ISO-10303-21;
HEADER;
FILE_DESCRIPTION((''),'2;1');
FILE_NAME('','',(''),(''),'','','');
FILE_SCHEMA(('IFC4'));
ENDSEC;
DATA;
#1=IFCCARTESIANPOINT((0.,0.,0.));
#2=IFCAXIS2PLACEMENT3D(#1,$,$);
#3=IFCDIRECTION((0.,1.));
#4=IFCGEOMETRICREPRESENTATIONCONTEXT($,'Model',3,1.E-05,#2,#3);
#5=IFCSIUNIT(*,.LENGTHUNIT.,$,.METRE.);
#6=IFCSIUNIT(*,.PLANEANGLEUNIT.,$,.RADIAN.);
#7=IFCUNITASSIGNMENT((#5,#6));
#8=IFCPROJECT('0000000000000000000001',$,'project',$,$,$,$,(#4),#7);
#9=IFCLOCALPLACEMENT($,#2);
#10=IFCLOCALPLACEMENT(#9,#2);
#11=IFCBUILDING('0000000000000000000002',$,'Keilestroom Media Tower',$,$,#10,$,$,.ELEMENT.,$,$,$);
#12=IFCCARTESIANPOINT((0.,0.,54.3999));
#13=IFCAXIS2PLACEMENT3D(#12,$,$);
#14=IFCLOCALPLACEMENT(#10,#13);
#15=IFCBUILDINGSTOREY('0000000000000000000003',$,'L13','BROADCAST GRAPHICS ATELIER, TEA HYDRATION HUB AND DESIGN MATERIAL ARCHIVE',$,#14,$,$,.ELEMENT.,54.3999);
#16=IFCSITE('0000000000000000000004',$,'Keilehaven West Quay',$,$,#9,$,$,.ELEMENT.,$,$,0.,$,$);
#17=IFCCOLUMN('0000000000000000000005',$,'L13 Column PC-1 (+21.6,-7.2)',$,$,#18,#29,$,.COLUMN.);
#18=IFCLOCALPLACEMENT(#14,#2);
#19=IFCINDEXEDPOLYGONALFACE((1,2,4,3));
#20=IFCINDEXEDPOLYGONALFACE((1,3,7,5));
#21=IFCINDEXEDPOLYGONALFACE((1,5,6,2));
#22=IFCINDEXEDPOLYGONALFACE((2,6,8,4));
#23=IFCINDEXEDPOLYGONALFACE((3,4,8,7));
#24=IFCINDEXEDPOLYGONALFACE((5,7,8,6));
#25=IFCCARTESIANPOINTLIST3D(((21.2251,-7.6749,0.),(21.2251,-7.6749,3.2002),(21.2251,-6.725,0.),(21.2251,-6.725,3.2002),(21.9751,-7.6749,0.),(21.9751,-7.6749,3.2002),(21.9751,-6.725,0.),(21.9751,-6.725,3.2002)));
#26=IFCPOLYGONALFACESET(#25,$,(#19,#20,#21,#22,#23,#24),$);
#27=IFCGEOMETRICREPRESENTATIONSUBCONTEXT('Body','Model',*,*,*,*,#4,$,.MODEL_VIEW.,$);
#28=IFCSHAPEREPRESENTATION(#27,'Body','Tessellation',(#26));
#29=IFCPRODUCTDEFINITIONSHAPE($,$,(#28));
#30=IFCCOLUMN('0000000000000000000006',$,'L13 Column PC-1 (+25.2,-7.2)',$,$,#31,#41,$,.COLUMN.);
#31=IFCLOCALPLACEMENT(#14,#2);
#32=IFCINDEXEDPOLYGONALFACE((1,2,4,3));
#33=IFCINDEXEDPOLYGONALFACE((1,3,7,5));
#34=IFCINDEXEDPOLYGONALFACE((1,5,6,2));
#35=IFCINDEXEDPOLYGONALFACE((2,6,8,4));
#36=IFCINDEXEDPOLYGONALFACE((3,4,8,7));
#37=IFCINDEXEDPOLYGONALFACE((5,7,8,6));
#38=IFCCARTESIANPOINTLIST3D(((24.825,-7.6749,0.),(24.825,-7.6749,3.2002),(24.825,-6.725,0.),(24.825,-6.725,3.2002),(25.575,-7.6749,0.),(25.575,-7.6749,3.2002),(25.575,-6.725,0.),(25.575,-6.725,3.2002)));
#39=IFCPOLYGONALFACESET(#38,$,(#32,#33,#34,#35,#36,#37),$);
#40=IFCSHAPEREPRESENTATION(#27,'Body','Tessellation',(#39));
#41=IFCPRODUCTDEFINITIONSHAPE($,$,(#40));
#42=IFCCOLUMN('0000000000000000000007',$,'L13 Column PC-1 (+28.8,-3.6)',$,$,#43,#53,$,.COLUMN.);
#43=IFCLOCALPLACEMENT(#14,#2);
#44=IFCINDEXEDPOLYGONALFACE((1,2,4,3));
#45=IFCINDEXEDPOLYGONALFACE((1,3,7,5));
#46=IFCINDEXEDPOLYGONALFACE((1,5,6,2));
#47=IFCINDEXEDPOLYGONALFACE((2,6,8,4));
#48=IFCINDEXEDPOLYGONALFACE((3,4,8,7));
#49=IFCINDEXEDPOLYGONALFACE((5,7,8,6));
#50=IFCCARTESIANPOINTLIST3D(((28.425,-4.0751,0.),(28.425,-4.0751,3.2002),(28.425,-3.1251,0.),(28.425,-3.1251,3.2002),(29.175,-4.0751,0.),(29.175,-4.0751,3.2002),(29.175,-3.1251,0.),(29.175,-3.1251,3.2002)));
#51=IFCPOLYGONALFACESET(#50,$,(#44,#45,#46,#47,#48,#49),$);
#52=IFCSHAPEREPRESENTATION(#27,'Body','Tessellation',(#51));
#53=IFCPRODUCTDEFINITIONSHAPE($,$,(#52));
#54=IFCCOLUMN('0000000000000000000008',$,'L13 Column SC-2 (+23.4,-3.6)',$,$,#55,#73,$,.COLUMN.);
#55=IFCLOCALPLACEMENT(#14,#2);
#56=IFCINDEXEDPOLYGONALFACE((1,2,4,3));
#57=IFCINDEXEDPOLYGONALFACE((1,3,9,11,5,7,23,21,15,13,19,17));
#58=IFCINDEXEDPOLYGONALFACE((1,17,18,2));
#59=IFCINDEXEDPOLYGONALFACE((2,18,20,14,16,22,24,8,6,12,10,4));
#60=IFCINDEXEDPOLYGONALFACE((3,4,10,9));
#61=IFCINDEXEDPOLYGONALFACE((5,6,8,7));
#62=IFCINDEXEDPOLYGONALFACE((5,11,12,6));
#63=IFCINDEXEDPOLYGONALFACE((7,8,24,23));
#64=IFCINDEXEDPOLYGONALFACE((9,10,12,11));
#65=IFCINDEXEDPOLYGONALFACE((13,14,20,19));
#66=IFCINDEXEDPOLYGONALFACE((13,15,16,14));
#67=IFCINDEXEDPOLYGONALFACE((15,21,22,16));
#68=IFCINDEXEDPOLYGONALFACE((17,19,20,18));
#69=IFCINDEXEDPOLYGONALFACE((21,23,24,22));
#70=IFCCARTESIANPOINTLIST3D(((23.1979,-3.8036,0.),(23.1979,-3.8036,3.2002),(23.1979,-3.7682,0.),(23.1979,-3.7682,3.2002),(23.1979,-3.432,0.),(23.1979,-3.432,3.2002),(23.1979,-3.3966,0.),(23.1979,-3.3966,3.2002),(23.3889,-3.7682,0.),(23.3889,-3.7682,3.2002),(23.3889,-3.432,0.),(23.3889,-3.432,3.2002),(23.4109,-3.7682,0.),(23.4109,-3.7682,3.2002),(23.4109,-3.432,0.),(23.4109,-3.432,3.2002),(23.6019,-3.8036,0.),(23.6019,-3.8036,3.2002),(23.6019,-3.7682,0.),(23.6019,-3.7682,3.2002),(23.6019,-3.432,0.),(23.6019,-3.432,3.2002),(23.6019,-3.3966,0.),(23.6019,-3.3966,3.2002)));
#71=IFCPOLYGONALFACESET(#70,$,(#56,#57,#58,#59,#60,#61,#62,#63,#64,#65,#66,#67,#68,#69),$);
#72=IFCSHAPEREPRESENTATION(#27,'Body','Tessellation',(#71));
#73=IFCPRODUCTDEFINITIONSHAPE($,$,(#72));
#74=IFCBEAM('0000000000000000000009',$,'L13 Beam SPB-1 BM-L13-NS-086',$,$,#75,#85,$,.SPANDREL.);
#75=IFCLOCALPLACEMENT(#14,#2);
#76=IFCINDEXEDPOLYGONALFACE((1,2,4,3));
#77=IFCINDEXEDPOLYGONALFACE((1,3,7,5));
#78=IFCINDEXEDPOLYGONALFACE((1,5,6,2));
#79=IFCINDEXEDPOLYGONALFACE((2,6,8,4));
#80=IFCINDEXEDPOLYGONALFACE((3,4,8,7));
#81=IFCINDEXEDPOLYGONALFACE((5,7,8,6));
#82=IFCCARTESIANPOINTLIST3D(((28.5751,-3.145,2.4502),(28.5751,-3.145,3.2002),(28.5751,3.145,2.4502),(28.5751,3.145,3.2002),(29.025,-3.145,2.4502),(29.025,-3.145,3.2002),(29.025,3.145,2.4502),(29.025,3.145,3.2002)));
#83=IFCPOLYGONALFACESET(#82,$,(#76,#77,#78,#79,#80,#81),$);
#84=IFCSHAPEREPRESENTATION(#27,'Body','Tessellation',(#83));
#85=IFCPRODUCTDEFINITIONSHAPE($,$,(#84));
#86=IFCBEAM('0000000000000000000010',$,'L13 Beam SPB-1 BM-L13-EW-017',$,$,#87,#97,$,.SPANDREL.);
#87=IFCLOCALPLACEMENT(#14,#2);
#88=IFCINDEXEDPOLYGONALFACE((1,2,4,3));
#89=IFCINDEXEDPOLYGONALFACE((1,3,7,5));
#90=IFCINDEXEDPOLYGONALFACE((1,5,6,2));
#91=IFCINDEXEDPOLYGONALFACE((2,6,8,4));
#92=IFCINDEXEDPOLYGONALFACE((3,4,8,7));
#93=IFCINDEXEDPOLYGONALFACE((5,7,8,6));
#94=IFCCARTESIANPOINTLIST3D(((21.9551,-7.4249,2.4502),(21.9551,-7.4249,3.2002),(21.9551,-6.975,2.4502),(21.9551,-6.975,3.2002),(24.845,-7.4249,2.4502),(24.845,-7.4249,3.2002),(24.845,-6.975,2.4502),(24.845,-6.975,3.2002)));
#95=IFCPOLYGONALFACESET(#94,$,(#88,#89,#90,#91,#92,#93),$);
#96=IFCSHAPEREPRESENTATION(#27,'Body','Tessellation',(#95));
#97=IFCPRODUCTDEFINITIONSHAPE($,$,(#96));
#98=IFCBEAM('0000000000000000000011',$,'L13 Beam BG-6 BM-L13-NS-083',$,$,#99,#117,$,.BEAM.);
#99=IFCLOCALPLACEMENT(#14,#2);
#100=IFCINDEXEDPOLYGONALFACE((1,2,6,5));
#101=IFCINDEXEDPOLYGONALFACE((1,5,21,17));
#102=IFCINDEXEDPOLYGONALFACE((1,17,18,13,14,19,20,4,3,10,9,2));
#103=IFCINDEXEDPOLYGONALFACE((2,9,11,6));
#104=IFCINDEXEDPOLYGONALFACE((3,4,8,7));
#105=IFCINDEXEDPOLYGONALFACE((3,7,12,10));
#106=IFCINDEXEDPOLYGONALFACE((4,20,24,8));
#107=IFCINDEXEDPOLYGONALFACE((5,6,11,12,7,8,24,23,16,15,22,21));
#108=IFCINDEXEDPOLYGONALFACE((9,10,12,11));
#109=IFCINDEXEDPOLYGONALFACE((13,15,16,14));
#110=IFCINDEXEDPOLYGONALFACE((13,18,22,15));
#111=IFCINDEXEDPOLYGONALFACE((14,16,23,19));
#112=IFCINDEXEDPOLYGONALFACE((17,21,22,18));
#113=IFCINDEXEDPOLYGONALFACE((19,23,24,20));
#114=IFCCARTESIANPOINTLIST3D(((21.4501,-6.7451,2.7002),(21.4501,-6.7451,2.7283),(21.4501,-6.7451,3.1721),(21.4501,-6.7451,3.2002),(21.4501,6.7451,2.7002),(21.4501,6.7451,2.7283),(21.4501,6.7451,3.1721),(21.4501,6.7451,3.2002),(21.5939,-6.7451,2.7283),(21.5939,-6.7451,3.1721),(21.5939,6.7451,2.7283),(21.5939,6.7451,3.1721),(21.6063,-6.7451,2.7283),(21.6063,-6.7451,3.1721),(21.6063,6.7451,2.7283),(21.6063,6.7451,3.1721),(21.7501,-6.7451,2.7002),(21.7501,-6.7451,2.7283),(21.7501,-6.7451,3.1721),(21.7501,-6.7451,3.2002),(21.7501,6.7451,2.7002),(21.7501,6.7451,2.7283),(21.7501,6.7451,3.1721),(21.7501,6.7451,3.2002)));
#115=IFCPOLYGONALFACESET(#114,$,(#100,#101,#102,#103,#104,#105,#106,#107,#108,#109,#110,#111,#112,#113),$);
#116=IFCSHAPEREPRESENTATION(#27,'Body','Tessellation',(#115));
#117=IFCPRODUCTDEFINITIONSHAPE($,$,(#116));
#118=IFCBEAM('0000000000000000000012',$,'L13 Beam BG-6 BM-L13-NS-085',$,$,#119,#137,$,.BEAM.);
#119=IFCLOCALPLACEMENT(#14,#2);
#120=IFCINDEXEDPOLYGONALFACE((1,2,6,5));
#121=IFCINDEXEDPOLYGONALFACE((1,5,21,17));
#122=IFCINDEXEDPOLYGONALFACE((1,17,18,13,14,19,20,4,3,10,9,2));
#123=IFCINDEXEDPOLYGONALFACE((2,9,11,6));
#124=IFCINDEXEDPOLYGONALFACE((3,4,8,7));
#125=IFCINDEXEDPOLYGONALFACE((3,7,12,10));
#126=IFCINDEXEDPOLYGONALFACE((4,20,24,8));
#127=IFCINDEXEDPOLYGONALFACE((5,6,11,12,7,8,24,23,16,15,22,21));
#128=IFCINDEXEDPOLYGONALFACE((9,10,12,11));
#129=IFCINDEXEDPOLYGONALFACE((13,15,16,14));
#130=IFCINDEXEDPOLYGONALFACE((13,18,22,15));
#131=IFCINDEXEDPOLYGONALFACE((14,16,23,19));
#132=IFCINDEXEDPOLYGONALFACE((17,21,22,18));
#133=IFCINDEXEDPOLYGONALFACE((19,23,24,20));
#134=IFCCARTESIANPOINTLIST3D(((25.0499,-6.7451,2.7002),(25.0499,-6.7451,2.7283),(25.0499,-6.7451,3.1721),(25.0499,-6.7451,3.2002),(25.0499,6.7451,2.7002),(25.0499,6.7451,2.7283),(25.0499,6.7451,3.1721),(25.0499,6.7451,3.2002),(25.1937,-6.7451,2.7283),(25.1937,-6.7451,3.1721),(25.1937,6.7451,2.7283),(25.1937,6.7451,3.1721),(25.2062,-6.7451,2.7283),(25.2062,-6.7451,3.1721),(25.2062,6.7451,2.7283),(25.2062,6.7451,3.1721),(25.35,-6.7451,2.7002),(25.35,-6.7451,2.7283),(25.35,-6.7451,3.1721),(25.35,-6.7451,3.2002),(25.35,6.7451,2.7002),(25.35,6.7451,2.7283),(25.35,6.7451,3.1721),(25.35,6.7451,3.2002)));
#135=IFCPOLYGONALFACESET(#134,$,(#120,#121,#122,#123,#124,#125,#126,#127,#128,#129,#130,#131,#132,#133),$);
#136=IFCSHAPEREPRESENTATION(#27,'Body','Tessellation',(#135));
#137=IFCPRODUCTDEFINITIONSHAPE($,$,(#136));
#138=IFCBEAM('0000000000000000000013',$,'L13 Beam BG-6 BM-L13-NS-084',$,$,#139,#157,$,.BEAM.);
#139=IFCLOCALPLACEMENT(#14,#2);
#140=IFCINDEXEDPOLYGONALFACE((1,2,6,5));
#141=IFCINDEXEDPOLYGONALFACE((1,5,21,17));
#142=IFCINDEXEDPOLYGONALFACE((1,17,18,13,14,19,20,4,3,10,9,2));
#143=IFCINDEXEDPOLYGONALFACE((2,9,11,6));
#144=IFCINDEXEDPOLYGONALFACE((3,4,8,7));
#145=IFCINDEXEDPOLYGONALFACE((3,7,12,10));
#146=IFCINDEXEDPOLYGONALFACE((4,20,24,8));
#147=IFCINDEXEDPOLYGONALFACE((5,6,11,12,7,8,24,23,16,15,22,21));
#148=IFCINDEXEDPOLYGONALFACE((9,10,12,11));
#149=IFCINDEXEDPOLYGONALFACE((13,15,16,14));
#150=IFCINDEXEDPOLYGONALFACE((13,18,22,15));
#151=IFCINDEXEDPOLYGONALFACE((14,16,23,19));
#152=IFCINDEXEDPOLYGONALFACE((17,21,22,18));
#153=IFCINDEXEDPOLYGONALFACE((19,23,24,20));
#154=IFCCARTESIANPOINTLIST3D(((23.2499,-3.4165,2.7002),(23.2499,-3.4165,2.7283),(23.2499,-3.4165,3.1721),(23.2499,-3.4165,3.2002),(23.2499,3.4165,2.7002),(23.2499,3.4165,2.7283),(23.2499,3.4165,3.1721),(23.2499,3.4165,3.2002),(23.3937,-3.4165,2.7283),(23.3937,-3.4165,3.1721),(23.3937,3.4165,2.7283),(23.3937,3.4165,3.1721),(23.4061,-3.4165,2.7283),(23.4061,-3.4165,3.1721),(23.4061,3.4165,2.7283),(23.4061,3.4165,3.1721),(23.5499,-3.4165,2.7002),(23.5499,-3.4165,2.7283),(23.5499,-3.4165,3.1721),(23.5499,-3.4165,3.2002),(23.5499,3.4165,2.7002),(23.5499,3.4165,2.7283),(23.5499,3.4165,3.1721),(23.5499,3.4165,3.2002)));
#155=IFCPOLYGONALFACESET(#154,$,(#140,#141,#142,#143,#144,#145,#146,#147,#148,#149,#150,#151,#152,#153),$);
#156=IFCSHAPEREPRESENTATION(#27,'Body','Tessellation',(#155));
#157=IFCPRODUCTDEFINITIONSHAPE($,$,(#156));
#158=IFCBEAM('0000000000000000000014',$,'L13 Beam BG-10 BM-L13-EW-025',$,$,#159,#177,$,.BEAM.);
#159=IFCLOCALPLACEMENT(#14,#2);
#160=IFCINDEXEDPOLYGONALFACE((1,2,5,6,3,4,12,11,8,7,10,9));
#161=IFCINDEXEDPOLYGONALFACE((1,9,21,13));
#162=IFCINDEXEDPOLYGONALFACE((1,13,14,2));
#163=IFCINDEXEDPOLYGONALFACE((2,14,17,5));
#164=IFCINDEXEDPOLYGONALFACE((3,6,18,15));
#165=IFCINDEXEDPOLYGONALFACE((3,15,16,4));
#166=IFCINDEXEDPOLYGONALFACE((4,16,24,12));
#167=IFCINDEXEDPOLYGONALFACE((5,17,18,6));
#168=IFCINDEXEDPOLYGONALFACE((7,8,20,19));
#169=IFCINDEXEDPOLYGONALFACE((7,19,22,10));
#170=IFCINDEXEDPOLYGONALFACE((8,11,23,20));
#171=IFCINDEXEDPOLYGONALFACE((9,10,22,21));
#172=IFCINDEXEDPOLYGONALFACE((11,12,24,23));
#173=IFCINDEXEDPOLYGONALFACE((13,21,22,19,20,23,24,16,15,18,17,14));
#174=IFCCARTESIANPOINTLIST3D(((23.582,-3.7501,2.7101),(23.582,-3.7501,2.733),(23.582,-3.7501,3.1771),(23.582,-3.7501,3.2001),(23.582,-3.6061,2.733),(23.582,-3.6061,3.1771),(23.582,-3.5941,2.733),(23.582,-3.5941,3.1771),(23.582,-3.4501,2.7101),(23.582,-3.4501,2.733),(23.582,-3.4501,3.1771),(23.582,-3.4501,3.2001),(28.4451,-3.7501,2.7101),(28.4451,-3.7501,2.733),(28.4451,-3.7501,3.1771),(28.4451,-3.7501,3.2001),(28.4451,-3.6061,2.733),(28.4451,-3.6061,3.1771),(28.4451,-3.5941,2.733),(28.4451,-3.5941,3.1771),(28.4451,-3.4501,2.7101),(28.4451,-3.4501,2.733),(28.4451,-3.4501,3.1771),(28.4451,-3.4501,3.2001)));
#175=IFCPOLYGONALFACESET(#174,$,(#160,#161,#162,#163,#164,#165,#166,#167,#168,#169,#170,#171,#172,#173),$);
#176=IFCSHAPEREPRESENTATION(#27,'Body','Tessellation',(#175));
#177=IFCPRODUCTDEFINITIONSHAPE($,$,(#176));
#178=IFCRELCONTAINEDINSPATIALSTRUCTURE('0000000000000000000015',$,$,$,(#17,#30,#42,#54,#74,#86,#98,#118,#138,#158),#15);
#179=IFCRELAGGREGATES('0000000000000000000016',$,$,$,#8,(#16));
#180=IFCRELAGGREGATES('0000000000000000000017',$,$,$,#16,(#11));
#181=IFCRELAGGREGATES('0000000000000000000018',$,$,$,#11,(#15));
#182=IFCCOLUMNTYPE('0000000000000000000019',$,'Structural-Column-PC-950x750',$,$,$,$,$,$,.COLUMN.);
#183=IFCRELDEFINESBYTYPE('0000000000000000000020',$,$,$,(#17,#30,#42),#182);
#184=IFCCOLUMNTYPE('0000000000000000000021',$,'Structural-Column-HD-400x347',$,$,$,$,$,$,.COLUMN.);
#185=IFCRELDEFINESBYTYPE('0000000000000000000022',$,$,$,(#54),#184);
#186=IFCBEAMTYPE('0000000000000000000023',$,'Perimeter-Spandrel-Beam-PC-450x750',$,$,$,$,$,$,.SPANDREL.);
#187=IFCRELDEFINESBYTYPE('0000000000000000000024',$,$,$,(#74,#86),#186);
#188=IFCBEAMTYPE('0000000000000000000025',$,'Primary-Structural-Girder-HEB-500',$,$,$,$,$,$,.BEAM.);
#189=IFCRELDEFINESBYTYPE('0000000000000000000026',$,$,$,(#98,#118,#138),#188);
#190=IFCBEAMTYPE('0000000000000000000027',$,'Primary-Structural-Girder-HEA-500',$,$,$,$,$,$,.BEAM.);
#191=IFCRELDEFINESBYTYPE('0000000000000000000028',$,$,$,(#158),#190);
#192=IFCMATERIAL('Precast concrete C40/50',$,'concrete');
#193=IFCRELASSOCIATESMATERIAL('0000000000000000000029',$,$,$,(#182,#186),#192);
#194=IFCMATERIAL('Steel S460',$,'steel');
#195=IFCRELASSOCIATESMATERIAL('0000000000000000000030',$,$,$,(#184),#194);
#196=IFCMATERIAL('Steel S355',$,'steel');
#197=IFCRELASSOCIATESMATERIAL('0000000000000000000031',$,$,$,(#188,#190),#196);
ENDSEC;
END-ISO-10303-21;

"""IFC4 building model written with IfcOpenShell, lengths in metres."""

from ifc_helpers import new_model, si_unit, direction, frame, origin, origin_2d, place, context, subcontext, project, spatial, rectangle, i_section, extrude, source, transform, mapped, material, material_profile, profile_set, type_object, element, save


model = new_model("IFC4")

# Units and contexts
model_context = context("Model", 3, precision=1e-05, world=origin(), true_north=direction((0.0, 1.0)))
body_context = subcontext(model_context, "Body", "Model", "MODEL_VIEW")
ifc_project = project(units=[si_unit("LENGTHUNIT", "METRE"), si_unit("PLANEANGLEUNIT", "RADIAN")], contexts=[model_context])

# Site, building, storey
site_placement = place(None, origin())
site = spatial("IfcSite", under=ifc_project, at=site_placement, Name="Keilehaven West Quay", CompositionType="ELEMENT", RefElevation=0.0)
building_placement = place(site_placement, origin())
building = spatial("IfcBuilding", under=site, at=building_placement, Name="Keilestroom Media Tower", CompositionType="ELEMENT")
storey_placement = place(building_placement, frame((0.0, 0.0, 54.3999)))
storey = spatial("IfcBuildingStorey", under=building, at=storey_placement, Name="L13", Description="BROADCAST GRAPHICS ATELIER, TEA HYDRATION HUB AND DESIGN MATERIAL ARCHIVE", CompositionType="ELEMENT", Elevation=54.3999)

# Columns
ifc_material_1 = material(Name="Precast concrete C40/50", Category="concrete")
ifc_material_profile_1 = material_profile(ifc_material_1, rectangle(XDim=0.75, YDim=0.95, at=origin_2d()), Name="PC 950x750")
ifc_profile_set_1 = profile_set([ifc_material_profile_1], Name="Precast concrete C40/50")
column_type_1 = type_object("IfcColumnType", Name="Structural-Column-PC-950x750", PredefinedType="COLUMN", material=ifc_profile_set_1)
shared_shape_1 = source(origin(), body_context, "Body", "SweptSolid", [
    extrude(rectangle(XDim=0.75, YDim=0.95, at=origin_2d()), origin(), (0.0, 0.0, 1.0), 3.2002),
])
for number, where, z_axis, x_axis, name in (
    (1, (21.6001, -7.2, 0.0), (0.0, 0.0, 1.0), (1.0, 0.0, 0.0), "L13 Column PC-1 (+21.6,-7.2)"),
    (2, (25.2, -7.2, 0.0), (0.0, 0.0, 1.0), (1.0, 0.0, 0.0), "L13 Column PC-1 (+25.2,-7.2)"),
    (3, (28.8, -3.6001, 0.0), (0.0, 0.0, 1.0), (1.0, 0.0, 0.0), "L13 Column PC-1 (+28.8,-3.6)"),
):
    element("IfcColumn", number, at=place(storey_placement, frame(where, z_axis=z_axis, x_axis=x_axis)), inside=storey, type_object=column_type_1, Name=name, PredefinedType="COLUMN", context=body_context, shape_type="MappedRepresentation", body=[
        mapped(shared_shape_1, transform((0.0, 0.0, 0.0), x_axis=(1.0, 0.0, 0.0), y_axis=(0.0, 1.0, 0.0), z_axis=(0.0, 0.0, 1.0), scale=1.0)),
    ])
ifc_material_2 = material(Name="Steel S460", Category="steel")
ifc_material_profile_2 = material_profile(ifc_material_2, i_section(OverallWidth=0.4041, OverallDepth=0.407, WebThickness=0.022, FlangeThickness=0.0354, at=origin_2d()), Name="HD 400x347")
ifc_profile_set_2 = profile_set([ifc_material_profile_2], Name="Steel S460")
column_type_2 = type_object("IfcColumnType", Name="Structural-Column-HD-400x347", PredefinedType="COLUMN", material=ifc_profile_set_2)
shared_shape_2 = source(origin(), body_context, "Body", "SweptSolid", [
    extrude(i_section(OverallWidth=0.4041, OverallDepth=0.407, WebThickness=0.022, FlangeThickness=0.0354, at=origin_2d()), origin(), (0.0, 0.0, 1.0), 3.2002),
])
column_placement = place(storey_placement, frame((23.3999, -3.6001, 0.0), z_axis=(0.0, 0.0, 1.0), x_axis=(1.0, 0.0, 0.0)))
element("IfcColumn", 4, at=column_placement, inside=storey, type_object=column_type_2, Name="L13 Column SC-2 (+23.4,-3.6)", PredefinedType="COLUMN", context=body_context, shape_type="MappedRepresentation", body=[
    mapped(shared_shape_2, transform((0.0, 0.0, 0.0), x_axis=(1.0, 0.0, 0.0), y_axis=(0.0, 1.0, 0.0), z_axis=(0.0, 0.0, 1.0), scale=1.0)),
])

# Beams
ifc_material_profile_3 = material_profile(ifc_material_1, rectangle(XDim=0.45, YDim=0.75, at=origin_2d()), Name="PC 450x750")
ifc_profile_set_3 = profile_set([ifc_material_profile_3], Name="Precast concrete C40/50")
beam_type_1 = type_object("IfcBeamType", Name="Perimeter-Spandrel-Beam-PC-450x750", PredefinedType="SPANDREL", material=ifc_profile_set_3)
shared_shape_3 = source(origin(), body_context, "Body", "SweptSolid", [
    extrude(rectangle(XDim=0.45, YDim=0.75, at=origin_2d()), origin(), (0.0, 0.0, 1.0), 6.29),
])
beam_1_placement = place(storey_placement, frame((28.8, -3.145, 2.8252), z_axis=(0.0, 1.0, 0.0), x_axis=(-1.0, 0.0, 0.0)))
element("IfcBeam", 5, at=beam_1_placement, inside=storey, type_object=beam_type_1, Name="L13 Beam SPB-1 BM-L13-NS-086", PredefinedType="SPANDREL", context=body_context, shape_type="MappedRepresentation", body=[
    mapped(shared_shape_3, transform((0.0, 0.0, 0.0), x_axis=(1.0, 0.0, 0.0), y_axis=(0.0, 1.0, 0.0), z_axis=(0.0, 0.0, 1.0), scale=1.0)),
])
shared_shape_4 = source(origin(), body_context, "Body", "SweptSolid", [
    extrude(rectangle(XDim=0.45, YDim=0.75, at=origin_2d()), origin(), (0.0, 0.0, 1.0), 2.8899),
])
beam_2_placement = place(storey_placement, frame((21.9551, -7.2, 2.8252), z_axis=(1.0, 0.0, 0.0), x_axis=(0.0, 1.0, 0.0)))
element("IfcBeam", 6, at=beam_2_placement, inside=storey, type_object=beam_type_1, Name="L13 Beam SPB-1 BM-L13-EW-017", PredefinedType="SPANDREL", context=body_context, shape_type="MappedRepresentation", body=[
    mapped(shared_shape_4, transform((0.0, 0.0, 0.0), x_axis=(1.0, 0.0, 0.0), y_axis=(0.0, 1.0, 0.0), z_axis=(0.0, 0.0, 1.0), scale=1.0)),
])
ifc_material_3 = material(Name="Steel S355", Category="steel")
ifc_material_profile_4 = material_profile(ifc_material_3, i_section(OverallWidth=0.3, OverallDepth=0.5, WebThickness=0.0125, FlangeThickness=0.0281, at=origin_2d()), Name="HEB 500")
ifc_profile_set_4 = profile_set([ifc_material_profile_4], Name="Steel S355")
beam_type_2 = type_object("IfcBeamType", Name="Primary-Structural-Girder-HEB-500", PredefinedType="BEAM", material=ifc_profile_set_4)
shared_shape_5 = source(origin(), body_context, "Body", "SweptSolid", [
    extrude(i_section(OverallWidth=0.3, OverallDepth=0.5, WebThickness=0.0125, FlangeThickness=0.0281, at=origin_2d()), origin(), (0.0, 0.0, 1.0), 13.4902),
])
for number, where, z_axis, x_axis, name in (
    (7, (21.6001, -6.7451, 2.9502), (0.0, 1.0, 0.0), (-1.0, 0.0, 0.0), "L13 Beam BG-6 BM-L13-NS-083"),
    (8, (25.2, -6.7451, 2.9502), (0.0, 1.0, 0.0), (-1.0, 0.0, 0.0), "L13 Beam BG-6 BM-L13-NS-085"),
):
    element("IfcBeam", number, at=place(storey_placement, frame(where, z_axis=z_axis, x_axis=x_axis)), inside=storey, type_object=beam_type_2, Name=name, PredefinedType="BEAM", context=body_context, shape_type="MappedRepresentation", body=[
        mapped(shared_shape_5, transform((0.0, 0.0, 0.0), x_axis=(1.0, 0.0, 0.0), y_axis=(0.0, 1.0, 0.0), z_axis=(0.0, 0.0, 1.0), scale=1.0)),
    ])
shared_shape_6 = source(origin(), body_context, "Body", "SweptSolid", [
    extrude(i_section(OverallWidth=0.3, OverallDepth=0.5, WebThickness=0.0125, FlangeThickness=0.0281, at=origin_2d()), origin(), (0.0, 0.0, 1.0), 6.833),
])
beam_3_placement = place(storey_placement, frame((23.3999, -3.4165, 2.9502), z_axis=(0.0, 1.0, 0.0), x_axis=(-1.0, 0.0, 0.0)))
element("IfcBeam", 9, at=beam_3_placement, inside=storey, type_object=beam_type_2, Name="L13 Beam BG-6 BM-L13-NS-084", PredefinedType="BEAM", context=body_context, shape_type="MappedRepresentation", body=[
    mapped(shared_shape_6, transform((0.0, 0.0, 0.0), x_axis=(1.0, 0.0, 0.0), y_axis=(0.0, 1.0, 0.0), z_axis=(0.0, 0.0, 1.0), scale=1.0)),
])
ifc_material_profile_5 = material_profile(ifc_material_3, i_section(OverallWidth=0.3, OverallDepth=0.49, WebThickness=0.012, FlangeThickness=0.0229, at=origin_2d()), Name="HEA 500")
ifc_profile_set_5 = profile_set([ifc_material_profile_5], Name="Steel S355")
beam_type_3 = type_object("IfcBeamType", Name="Primary-Structural-Girder-HEA-500", PredefinedType="BEAM", material=ifc_profile_set_5)
shared_shape_7 = source(origin(), body_context, "Body", "SweptSolid", [
    extrude(i_section(OverallWidth=0.3, OverallDepth=0.49, WebThickness=0.012, FlangeThickness=0.0229, at=origin_2d()), origin(), (0.0, 0.0, 1.0), 4.863),
])
beam_4_placement = place(storey_placement, frame((23.582, -3.6001, 2.9551), z_axis=(1.0, 0.0, 0.0), x_axis=(0.0, 1.0, 0.0)))
element("IfcBeam", 10, at=beam_4_placement, inside=storey, type_object=beam_type_3, Name="L13 Beam BG-10 BM-L13-EW-025", PredefinedType="BEAM", context=body_context, shape_type="MappedRepresentation", body=[
    mapped(shared_shape_7, transform((0.0, 0.0, 0.0), x_axis=(1.0, 0.0, 0.0), y_axis=(0.0, 1.0, 0.0), z_axis=(0.0, 0.0, 1.0), scale=1.0)),
])

save(model, "model.ifc")
